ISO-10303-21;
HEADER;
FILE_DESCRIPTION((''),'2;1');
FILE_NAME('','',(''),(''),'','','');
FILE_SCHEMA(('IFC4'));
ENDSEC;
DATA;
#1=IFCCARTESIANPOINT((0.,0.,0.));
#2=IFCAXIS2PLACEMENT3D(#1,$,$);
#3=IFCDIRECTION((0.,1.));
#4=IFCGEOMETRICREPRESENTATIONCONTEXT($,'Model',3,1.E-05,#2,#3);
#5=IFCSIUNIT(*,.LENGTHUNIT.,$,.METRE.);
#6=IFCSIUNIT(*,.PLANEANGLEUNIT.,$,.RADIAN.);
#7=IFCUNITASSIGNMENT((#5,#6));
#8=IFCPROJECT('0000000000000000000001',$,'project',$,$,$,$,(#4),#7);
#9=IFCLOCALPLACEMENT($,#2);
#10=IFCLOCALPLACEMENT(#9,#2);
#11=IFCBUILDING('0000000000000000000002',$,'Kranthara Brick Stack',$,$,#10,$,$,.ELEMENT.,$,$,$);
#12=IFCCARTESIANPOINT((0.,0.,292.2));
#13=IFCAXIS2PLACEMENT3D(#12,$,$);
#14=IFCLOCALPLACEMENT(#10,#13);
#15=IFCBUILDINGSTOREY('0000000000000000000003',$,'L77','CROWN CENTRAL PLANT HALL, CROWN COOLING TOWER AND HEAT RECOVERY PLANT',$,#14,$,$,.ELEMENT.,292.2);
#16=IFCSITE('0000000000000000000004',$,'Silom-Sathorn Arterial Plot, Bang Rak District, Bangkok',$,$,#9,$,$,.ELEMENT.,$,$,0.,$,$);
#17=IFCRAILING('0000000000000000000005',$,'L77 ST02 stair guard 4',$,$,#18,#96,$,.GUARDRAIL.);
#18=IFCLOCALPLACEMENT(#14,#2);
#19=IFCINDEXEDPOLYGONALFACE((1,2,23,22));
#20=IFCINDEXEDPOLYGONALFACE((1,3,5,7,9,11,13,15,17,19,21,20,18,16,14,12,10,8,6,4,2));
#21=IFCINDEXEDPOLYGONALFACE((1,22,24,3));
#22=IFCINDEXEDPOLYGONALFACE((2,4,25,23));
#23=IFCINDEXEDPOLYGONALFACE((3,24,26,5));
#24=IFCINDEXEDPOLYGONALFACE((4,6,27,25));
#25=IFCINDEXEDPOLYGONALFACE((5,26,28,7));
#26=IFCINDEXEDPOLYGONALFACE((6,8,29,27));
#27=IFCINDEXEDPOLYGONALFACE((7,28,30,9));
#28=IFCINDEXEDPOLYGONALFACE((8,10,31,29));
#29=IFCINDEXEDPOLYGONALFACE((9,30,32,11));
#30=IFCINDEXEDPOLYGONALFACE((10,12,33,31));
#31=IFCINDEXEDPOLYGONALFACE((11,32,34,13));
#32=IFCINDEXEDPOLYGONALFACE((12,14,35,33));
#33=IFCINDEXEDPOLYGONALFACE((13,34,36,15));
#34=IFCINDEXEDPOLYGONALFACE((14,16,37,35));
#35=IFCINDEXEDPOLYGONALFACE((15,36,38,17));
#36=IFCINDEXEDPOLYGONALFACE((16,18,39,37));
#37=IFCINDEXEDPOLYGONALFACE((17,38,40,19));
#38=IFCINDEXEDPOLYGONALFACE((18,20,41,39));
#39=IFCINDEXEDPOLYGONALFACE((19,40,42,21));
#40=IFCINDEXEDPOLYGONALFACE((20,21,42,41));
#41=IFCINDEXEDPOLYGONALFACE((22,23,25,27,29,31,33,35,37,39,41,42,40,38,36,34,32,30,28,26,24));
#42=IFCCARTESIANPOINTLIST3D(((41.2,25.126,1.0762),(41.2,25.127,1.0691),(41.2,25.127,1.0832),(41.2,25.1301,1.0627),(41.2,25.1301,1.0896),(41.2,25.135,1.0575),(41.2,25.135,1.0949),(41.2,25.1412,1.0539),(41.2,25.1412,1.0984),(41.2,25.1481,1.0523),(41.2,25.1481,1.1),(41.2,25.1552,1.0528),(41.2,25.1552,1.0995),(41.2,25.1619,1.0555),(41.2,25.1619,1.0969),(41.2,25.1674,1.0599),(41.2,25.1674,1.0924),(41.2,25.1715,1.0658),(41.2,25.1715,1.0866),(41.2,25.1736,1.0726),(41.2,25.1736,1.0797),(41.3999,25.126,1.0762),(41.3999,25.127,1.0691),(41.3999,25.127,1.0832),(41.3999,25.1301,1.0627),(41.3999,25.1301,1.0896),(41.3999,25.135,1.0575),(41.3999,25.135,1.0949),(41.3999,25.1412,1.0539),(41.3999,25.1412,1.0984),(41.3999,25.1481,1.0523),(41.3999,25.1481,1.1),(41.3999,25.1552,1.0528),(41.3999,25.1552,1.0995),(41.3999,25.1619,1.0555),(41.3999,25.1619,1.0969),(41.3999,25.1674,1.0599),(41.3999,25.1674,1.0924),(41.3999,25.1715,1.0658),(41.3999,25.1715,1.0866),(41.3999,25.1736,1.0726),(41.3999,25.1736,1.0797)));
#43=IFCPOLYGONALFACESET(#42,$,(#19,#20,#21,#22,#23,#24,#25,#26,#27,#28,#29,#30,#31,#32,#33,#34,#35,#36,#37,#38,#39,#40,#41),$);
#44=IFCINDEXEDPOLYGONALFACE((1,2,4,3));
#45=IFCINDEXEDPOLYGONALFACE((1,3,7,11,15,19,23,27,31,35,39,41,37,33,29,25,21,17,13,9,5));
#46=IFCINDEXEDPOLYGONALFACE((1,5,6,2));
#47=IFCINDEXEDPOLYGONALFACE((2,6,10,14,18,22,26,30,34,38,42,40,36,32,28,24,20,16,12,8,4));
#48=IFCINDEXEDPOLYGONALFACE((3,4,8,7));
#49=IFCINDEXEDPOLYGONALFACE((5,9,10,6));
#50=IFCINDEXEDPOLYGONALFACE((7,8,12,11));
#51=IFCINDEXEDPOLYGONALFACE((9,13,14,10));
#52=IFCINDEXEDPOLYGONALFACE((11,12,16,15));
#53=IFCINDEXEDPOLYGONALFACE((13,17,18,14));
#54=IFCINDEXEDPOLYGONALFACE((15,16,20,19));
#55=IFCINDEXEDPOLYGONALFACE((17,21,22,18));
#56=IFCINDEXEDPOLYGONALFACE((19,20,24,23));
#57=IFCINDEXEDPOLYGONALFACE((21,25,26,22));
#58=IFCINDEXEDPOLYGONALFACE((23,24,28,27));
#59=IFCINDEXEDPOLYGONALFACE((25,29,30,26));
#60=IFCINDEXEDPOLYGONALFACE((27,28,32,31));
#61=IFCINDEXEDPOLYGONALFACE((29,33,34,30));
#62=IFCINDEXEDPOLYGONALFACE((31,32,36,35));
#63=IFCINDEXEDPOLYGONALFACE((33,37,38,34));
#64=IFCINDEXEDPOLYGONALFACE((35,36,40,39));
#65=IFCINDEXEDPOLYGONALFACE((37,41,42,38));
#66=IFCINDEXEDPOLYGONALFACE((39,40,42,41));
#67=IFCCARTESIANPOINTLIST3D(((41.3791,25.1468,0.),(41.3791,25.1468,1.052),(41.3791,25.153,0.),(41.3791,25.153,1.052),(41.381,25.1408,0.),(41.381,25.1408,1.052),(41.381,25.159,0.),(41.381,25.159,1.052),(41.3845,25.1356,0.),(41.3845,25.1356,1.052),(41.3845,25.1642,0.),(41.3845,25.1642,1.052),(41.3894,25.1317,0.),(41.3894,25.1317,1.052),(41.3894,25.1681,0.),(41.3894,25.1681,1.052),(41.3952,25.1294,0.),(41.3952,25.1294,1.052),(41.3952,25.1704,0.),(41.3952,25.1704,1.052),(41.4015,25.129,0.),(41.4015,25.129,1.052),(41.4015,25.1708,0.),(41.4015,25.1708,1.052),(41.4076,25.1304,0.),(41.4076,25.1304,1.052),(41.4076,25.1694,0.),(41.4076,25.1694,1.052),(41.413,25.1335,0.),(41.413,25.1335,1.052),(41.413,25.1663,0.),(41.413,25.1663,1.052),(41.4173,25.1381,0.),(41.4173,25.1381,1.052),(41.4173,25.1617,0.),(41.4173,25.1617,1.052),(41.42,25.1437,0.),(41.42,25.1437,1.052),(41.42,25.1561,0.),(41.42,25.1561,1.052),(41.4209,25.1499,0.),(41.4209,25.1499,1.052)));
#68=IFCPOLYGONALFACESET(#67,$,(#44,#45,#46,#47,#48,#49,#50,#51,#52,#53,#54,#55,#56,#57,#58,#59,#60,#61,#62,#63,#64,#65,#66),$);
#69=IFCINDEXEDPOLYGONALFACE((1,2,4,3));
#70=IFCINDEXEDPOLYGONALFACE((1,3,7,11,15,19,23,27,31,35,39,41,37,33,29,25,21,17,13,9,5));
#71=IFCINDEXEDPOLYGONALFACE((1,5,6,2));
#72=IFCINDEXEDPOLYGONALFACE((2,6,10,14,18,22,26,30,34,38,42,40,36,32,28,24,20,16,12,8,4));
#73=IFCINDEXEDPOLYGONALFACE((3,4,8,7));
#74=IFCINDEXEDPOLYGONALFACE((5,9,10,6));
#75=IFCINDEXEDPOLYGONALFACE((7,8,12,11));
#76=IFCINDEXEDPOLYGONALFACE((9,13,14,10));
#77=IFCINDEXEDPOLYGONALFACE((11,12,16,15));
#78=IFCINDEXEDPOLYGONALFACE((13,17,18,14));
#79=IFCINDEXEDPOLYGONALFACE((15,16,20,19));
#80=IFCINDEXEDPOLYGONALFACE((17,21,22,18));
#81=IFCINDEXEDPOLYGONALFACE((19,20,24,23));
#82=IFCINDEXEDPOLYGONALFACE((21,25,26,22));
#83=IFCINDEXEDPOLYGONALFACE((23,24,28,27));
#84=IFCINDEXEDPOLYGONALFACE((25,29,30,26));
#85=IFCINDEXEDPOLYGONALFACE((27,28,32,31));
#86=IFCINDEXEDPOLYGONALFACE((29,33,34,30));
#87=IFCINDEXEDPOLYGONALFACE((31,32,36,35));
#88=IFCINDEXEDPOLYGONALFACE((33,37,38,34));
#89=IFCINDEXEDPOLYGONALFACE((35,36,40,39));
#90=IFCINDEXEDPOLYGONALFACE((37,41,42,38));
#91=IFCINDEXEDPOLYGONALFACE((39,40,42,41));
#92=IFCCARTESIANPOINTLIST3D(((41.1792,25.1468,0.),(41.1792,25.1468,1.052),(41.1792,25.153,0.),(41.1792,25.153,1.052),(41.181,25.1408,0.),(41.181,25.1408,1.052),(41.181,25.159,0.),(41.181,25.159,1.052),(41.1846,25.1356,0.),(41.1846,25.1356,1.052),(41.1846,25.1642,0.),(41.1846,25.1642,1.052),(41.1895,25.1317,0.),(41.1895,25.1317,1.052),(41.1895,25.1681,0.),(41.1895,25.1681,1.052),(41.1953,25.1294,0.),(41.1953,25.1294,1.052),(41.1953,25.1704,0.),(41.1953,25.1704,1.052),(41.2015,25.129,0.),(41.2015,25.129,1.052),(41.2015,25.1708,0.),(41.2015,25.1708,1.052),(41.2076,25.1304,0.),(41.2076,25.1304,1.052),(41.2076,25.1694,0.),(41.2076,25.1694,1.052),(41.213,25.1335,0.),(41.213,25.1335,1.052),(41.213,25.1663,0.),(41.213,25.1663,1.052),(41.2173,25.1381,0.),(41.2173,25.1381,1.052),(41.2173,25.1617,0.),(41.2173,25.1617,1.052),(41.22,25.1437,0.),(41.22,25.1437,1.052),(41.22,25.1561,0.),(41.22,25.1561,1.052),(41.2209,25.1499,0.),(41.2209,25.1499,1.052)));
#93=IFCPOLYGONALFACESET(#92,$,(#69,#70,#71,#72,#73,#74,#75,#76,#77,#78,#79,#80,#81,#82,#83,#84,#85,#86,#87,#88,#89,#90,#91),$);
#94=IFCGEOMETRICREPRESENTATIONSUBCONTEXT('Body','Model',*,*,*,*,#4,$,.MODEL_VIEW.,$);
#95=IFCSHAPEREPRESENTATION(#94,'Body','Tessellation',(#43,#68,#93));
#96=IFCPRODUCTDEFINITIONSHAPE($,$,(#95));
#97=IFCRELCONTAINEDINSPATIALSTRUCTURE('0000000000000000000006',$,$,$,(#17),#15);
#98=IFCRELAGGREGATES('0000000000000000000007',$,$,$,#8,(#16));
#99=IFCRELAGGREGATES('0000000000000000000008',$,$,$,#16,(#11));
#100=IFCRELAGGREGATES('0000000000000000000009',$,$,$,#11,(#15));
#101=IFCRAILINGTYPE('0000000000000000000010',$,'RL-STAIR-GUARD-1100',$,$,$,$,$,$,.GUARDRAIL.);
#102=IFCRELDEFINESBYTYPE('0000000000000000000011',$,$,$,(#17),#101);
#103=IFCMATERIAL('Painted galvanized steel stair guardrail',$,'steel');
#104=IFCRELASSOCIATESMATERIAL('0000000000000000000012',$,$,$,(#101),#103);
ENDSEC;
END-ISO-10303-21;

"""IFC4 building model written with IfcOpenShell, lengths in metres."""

from ifc_helpers import new_model, si_unit, direction, frame, origin, origin_2d, place, context, subcontext, project, spatial, circle, extrude, material, type_object, element, save


model = new_model("IFC4")

# Units and contexts
model_context = context("Model", 3, precision=1e-05, world=origin(), true_north=direction((0.0, 1.0)))
body_context = subcontext(model_context, "Body", "Model", "MODEL_VIEW")
ifc_project = project(units=[si_unit("LENGTHUNIT", "METRE"), si_unit("PLANEANGLEUNIT", "RADIAN")], contexts=[model_context])

# Site, building, storey
site_placement = place(None, origin())
site = spatial("IfcSite", under=ifc_project, at=site_placement, Name="Silom-Sathorn Arterial Plot, Bang Rak District, Bangkok", CompositionType="ELEMENT", RefElevation=0.0)
building_placement = place(site_placement, origin())
building = spatial("IfcBuilding", under=site, at=building_placement, Name="Kranthara Brick Stack", CompositionType="ELEMENT")
storey_placement = place(building_placement, frame((0.0, 0.0, 292.2)))
storey = spatial("IfcBuildingStorey", under=building, at=storey_placement, Name="L77", Description="CROWN CENTRAL PLANT HALL, CROWN COOLING TOWER AND HEAT RECOVERY PLANT", CompositionType="ELEMENT", Elevation=292.2)

# Railing
ifc_material_1 = material(Name="Painted galvanized steel stair guardrail", Category="steel")
railing_type_1 = type_object("IfcRailingType", Name="RL-STAIR-GUARD-1100", PredefinedType="GUARDRAIL", material=ifc_material_1)
railing_1_placement = place(storey_placement, frame((41.3999, 25.1499, 0.0)))
element("IfcRailing", 1, at=railing_1_placement, inside=storey, type_object=railing_type_1, Name="L77 ST02 stair guard 4", PredefinedType="GUARDRAIL", context=body_context, shape_type="SweptSolid", body=[
    extrude(circle(Radius=0.0239, at=origin_2d()), frame((0.0, 0.0, 1.0762), z_axis=(-1.0, 0.0, 0.0), x_axis=(0.0, -1.0, 0.0)), (0.0, 0.0, 1.0), 0.2),
    extrude(circle(Radius=0.021, at=origin_2d()), origin(), (0.0, 0.0, 1.0), 1.052),
    extrude(circle(Radius=0.021, at=origin_2d()), frame((-0.2, 0.0, 0.0)), (0.0, 0.0, 1.0), 1.052),
])

save(model, "model.ifc")
